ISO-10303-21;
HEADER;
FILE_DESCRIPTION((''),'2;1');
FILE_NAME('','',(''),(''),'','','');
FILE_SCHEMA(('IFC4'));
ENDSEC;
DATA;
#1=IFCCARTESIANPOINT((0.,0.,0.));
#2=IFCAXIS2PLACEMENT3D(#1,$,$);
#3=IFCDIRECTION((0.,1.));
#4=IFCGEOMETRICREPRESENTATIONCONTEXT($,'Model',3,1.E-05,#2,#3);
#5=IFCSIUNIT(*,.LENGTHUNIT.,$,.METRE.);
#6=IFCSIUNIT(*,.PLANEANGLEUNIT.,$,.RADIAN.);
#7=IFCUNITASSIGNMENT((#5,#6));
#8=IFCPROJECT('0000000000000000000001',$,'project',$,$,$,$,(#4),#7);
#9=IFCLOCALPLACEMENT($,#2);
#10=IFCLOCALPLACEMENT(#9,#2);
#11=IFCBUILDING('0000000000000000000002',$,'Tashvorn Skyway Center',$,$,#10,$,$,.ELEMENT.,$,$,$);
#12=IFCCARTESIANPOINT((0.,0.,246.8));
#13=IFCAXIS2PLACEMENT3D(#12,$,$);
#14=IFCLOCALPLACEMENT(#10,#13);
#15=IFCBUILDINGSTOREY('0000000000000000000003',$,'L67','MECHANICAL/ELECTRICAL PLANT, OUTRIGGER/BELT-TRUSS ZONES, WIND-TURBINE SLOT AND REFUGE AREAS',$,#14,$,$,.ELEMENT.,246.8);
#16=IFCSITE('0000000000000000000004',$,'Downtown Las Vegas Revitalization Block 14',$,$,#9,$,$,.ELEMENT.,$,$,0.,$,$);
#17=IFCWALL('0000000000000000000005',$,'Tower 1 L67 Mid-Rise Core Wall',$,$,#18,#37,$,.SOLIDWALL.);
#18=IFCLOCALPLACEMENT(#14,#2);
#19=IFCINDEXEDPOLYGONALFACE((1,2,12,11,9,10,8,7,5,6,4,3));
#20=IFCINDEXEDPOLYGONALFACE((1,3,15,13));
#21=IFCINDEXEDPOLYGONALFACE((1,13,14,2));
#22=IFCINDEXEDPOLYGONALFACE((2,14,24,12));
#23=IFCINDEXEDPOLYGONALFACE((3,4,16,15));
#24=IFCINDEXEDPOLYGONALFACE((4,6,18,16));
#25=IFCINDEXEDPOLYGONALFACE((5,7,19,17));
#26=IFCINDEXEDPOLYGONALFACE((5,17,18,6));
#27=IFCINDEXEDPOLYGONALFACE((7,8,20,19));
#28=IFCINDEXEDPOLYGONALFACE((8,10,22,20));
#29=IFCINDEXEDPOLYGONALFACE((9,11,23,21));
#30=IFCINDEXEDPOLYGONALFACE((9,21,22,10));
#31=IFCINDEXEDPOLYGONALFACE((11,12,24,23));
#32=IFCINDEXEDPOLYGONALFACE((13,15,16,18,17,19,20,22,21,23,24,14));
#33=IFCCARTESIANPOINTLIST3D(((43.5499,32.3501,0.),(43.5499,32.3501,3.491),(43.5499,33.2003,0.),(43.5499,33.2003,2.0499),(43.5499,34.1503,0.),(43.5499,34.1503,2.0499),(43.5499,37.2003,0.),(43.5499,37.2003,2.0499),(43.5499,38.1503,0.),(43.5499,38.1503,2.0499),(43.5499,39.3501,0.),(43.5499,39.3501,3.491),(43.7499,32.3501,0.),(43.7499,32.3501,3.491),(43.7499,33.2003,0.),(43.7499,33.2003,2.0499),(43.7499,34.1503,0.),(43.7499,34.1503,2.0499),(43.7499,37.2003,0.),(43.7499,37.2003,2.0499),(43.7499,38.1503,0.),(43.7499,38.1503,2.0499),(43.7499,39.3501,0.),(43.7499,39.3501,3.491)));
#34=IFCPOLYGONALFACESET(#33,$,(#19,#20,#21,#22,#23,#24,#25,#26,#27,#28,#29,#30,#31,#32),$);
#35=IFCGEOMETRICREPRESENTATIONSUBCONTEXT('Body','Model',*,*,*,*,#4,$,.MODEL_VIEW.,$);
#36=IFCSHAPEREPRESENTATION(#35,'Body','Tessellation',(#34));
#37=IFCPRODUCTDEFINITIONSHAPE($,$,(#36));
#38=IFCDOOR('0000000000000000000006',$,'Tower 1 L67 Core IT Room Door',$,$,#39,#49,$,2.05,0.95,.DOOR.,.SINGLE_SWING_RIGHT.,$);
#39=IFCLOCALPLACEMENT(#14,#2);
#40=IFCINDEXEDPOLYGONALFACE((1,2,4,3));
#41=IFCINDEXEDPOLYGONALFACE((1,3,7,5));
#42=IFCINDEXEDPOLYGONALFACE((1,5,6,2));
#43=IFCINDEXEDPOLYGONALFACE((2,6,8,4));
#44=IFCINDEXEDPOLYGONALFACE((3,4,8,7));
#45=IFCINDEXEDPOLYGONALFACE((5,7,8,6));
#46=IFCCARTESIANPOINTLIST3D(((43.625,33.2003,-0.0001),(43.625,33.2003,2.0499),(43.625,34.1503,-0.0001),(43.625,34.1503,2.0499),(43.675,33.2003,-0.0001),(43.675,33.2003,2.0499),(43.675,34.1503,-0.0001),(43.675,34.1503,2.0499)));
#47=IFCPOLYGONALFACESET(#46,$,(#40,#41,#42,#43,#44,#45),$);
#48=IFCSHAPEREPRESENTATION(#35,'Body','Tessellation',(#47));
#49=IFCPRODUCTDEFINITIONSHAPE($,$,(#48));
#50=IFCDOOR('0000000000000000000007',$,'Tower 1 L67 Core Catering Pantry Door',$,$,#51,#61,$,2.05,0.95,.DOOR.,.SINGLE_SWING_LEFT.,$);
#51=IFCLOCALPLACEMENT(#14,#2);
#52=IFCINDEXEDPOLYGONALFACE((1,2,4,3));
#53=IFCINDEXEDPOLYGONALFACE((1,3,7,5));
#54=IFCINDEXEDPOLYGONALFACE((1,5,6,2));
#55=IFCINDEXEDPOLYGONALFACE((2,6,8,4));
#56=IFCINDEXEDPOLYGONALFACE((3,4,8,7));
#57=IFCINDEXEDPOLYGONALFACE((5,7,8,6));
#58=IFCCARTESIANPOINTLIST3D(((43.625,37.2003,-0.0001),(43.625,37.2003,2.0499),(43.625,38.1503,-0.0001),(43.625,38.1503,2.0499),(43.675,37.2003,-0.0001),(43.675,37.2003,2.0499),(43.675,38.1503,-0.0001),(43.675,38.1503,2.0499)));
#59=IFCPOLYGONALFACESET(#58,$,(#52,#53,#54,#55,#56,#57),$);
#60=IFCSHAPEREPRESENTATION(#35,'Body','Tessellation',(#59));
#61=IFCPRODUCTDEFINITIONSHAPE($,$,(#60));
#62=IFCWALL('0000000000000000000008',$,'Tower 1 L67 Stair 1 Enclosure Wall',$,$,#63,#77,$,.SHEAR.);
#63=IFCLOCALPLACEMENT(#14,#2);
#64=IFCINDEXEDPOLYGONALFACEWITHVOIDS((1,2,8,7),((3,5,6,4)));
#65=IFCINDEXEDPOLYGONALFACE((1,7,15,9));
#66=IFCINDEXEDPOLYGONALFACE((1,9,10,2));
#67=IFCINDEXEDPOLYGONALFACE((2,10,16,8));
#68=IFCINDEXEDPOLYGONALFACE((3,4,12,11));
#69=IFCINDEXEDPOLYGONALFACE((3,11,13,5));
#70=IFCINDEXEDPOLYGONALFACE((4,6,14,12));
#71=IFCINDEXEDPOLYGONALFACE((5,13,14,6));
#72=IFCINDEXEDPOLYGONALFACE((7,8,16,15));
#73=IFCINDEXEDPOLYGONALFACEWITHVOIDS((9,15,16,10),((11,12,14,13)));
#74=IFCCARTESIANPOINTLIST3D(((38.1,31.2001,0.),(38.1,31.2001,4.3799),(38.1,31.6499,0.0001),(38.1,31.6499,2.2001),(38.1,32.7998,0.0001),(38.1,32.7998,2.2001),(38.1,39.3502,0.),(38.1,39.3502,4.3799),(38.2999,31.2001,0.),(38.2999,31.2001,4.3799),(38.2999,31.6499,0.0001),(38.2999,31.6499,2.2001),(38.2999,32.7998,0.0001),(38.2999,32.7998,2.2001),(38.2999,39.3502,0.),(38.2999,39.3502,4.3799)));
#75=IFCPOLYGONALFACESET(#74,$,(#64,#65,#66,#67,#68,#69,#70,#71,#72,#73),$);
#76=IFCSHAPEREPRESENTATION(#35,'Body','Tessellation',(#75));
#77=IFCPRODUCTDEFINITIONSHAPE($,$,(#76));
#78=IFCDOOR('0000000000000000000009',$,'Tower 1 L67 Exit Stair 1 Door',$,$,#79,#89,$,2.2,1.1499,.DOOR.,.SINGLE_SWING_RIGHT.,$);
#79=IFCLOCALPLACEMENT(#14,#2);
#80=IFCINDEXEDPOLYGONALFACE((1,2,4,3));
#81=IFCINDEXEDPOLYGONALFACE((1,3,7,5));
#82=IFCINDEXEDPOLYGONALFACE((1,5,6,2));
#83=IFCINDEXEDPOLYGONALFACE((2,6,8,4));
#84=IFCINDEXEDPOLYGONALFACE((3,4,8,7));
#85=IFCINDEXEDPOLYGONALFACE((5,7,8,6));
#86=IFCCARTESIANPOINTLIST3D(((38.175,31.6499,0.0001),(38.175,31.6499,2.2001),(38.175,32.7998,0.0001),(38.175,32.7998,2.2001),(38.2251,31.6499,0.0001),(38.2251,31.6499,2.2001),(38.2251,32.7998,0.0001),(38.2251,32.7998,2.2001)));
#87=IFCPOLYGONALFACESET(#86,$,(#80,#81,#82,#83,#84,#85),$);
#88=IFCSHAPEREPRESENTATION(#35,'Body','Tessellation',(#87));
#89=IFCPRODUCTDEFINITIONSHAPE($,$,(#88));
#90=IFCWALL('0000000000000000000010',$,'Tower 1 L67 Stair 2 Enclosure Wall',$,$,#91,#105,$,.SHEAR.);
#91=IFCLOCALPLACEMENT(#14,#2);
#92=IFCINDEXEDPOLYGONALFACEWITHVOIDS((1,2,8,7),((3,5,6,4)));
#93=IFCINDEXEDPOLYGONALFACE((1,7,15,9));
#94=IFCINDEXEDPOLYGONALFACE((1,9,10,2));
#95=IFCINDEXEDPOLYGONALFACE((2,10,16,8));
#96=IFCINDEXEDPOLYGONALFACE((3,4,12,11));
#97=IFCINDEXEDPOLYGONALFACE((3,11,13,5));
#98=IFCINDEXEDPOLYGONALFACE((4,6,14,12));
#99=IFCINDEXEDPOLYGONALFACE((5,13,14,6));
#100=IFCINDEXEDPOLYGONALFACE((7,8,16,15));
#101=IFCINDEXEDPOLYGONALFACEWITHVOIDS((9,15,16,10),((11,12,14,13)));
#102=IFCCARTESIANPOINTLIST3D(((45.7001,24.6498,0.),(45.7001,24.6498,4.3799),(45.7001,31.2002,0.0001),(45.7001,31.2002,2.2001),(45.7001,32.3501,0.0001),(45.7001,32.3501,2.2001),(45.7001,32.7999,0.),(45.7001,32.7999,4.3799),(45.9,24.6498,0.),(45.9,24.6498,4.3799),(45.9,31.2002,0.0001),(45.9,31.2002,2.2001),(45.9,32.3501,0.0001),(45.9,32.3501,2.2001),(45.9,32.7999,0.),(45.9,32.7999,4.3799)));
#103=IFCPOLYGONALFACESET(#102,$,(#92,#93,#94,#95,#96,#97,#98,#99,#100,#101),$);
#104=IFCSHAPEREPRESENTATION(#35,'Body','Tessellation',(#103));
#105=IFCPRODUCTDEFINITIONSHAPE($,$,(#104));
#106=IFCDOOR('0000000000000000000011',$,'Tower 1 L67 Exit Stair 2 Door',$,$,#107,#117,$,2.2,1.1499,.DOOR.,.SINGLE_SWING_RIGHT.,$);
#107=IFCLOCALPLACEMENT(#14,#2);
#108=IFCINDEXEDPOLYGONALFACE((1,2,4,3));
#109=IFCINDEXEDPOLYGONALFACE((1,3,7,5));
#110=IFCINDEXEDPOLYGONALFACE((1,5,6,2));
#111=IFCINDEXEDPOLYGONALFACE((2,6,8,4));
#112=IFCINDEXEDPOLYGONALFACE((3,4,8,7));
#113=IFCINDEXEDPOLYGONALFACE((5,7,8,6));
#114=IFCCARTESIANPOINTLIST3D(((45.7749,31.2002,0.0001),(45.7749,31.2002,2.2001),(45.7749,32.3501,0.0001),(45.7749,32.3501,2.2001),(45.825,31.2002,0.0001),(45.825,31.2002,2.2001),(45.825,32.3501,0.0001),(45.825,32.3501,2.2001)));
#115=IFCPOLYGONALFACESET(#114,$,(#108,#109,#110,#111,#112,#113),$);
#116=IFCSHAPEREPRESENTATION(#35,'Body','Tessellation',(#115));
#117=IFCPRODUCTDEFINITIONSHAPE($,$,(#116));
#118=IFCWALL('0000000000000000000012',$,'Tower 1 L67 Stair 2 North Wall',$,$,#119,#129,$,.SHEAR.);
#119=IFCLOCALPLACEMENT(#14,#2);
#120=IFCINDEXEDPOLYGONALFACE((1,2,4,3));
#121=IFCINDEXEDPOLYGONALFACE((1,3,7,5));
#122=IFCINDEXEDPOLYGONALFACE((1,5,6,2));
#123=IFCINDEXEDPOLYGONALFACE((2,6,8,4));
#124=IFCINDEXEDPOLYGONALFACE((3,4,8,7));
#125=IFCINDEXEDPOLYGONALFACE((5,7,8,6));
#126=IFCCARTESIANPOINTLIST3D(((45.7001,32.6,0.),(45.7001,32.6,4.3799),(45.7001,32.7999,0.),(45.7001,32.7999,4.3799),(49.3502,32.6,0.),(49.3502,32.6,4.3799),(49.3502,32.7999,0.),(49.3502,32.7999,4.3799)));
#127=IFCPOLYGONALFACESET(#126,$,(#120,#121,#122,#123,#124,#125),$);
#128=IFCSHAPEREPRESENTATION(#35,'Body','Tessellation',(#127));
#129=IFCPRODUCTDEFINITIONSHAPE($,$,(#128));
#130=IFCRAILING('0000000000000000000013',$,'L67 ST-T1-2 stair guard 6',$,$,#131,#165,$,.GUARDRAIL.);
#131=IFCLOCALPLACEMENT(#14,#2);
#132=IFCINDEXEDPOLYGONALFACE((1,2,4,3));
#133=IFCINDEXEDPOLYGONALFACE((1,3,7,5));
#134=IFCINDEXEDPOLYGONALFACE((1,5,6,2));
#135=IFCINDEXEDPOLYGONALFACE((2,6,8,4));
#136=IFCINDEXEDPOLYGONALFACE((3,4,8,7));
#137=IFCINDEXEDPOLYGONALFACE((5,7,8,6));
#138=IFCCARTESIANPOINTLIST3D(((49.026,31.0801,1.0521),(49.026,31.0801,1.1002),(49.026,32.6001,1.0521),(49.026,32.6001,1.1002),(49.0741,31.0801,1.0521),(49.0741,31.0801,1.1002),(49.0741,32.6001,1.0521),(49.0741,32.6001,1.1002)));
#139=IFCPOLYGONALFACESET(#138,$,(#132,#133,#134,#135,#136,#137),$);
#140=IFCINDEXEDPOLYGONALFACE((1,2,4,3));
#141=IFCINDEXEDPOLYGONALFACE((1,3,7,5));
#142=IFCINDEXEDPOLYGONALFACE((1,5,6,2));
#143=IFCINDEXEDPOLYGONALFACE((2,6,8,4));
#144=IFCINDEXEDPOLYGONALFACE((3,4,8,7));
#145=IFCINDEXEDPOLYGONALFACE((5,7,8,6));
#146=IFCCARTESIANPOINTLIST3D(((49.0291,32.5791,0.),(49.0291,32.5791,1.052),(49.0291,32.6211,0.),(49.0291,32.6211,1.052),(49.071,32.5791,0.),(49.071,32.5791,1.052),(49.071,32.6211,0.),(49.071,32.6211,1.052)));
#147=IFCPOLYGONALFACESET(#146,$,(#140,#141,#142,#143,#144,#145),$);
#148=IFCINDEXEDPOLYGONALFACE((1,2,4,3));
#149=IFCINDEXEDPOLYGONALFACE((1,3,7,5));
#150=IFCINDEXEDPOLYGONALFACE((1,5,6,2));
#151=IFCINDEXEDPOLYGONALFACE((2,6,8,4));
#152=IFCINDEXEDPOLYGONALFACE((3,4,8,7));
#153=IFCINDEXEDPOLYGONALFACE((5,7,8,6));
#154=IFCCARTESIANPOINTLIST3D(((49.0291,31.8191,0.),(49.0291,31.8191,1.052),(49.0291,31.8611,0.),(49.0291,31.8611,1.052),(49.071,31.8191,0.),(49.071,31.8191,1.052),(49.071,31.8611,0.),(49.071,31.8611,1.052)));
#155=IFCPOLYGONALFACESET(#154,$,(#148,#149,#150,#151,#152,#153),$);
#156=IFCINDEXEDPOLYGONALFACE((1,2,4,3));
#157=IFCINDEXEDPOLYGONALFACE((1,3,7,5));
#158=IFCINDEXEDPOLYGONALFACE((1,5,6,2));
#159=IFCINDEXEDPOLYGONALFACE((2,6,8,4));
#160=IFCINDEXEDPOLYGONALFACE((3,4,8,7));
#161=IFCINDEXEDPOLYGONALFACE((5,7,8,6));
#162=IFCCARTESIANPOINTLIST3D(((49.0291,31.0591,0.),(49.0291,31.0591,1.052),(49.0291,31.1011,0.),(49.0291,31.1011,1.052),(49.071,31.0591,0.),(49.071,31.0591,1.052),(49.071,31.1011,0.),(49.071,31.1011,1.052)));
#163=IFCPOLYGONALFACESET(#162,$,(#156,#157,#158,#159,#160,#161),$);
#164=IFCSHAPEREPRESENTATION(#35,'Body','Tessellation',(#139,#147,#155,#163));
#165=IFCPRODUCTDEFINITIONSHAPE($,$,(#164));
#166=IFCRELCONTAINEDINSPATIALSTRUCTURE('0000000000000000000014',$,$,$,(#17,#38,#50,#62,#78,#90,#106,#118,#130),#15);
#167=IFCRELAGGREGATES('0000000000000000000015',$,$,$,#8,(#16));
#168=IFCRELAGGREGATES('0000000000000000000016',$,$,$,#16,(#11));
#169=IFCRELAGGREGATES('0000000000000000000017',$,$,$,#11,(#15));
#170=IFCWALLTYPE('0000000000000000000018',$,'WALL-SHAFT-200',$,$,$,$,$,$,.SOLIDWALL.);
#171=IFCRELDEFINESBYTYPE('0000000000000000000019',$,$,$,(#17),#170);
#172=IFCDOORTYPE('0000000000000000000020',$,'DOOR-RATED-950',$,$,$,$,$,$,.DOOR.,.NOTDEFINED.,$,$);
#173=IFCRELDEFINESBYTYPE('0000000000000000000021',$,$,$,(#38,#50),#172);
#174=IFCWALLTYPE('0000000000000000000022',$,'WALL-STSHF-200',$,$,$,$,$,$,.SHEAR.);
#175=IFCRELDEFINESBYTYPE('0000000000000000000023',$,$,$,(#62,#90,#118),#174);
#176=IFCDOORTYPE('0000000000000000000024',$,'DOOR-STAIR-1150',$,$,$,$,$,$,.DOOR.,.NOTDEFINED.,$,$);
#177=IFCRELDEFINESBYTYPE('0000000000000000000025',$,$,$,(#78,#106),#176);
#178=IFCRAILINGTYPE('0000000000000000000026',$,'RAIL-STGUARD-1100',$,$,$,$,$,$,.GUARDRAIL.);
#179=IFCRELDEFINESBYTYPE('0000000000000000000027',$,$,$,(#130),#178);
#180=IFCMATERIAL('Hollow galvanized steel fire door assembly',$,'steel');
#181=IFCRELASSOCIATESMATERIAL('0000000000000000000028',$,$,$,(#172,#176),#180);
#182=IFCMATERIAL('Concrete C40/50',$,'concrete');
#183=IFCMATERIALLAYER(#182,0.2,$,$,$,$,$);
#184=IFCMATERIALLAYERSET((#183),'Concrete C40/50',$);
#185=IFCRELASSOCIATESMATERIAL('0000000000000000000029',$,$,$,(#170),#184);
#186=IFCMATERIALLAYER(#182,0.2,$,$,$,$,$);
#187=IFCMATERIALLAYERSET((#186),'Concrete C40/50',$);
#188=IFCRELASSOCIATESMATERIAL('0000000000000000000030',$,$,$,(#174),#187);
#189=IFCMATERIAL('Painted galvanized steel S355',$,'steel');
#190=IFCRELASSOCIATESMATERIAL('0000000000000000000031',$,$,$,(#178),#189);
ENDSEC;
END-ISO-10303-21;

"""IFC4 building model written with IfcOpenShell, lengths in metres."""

from ifc_helpers import new_model, si_unit, direction, frame, frame_2d, origin, origin_2d, place, context, subcontext, project, spatial, rectangle, extrude, material, layer, layer_set, type_object, element, fill, save


model = new_model("IFC4")

# Units and contexts
model_context = context("Model", 3, precision=1e-05, world=origin(), true_north=direction((0.0, 1.0)))
body_context = subcontext(model_context, "Body", "Model", "MODEL_VIEW")
ifc_project = project(units=[si_unit("LENGTHUNIT", "METRE"), si_unit("PLANEANGLEUNIT", "RADIAN")], contexts=[model_context])

# Site, building, storey
site_placement = place(None, origin())
site = spatial("IfcSite", under=ifc_project, at=site_placement, Name="Downtown Las Vegas Revitalization Block 14", CompositionType="ELEMENT", RefElevation=0.0)
building_placement = place(site_placement, origin())
building = spatial("IfcBuilding", under=site, at=building_placement, Name="Tashvorn Skyway Center", CompositionType="ELEMENT")
storey_placement = place(building_placement, frame((0.0, 0.0, 246.8)))
storey = spatial("IfcBuildingStorey", under=building, at=storey_placement, Name="L67", Description="MECHANICAL/ELECTRICAL PLANT, OUTRIGGER/BELT-TRUSS ZONES, WIND-TURBINE SLOT AND REFUGE AREAS", CompositionType="ELEMENT", Elevation=246.8)

# Shared definitions
ifc_material_1 = material(Name="Concrete C40/50", Category="concrete")
ifc_material_2 = material(Name="Hollow galvanized steel fire door assembly", Category="steel")
door_type_1 = type_object("IfcDoorType", Name="DOOR-RATED-950", OperationType="NOTDEFINED", PredefinedType="DOOR", material=ifc_material_2)

# Shared definitions
ifc_layer_1 = layer(ifc_material_1, 0.2)
ifc_layer_set_1 = layer_set([ifc_layer_1], Name="Concrete C40/50")
wall_type_1 = type_object("IfcWallType", Name="WALL-SHAFT-200", PredefinedType="SOLIDWALL", material=ifc_layer_set_1)

# Wall, openings, doors
wall_1_placement = place(storey_placement, frame((43.6499, 32.3501, 0.0), z_axis=(0.0, 0.0, 1.0), x_axis=(0.0, 1.0, 0.0)))
wall_1 = element("IfcWall", 1, at=wall_1_placement, inside=storey, type_object=wall_type_1, Name="Tower 1 L67 Mid-Rise Core Wall", PredefinedType="SOLIDWALL", context=body_context, shape_type="SweptSolid", body=[
    extrude(rectangle(XDim=7.0, YDim=0.2, at=frame_2d((3.5, 0.0))), origin(), (0.0, 0.0, 1.0), 3.491),
])
opening_1_placement = place(wall_1_placement, frame((0.8501, 0.0, 0.0)))
opening_1 = element("IfcOpeningElement", 2, at=opening_1_placement, cuts=wall_1, PredefinedType="OPENING", context=body_context, shape_type="SweptSolid", body=[
    extrude(rectangle(XDim=0.95, YDim=2.05, at=frame_2d((0.4751, 1.0249))), frame((0.0, 0.1099, 0.0), z_axis=(0.0, -1.0, 0.0), x_axis=(1.0, 0.0, 0.0)), (0.0, 0.0, 1.0), 0.22),
])
opening_2_placement = place(wall_1_placement, frame((4.8501, 0.0, 0.0)))
opening_2 = element("IfcOpeningElement", 3, at=opening_2_placement, cuts=wall_1, PredefinedType="OPENING", context=body_context, shape_type="SweptSolid", body=[
    extrude(rectangle(XDim=0.95, YDim=2.05, at=frame_2d((0.4751, 1.0249))), frame((0.0, 0.1099, 0.0), z_axis=(0.0, -1.0, 0.0), x_axis=(1.0, 0.0, 0.0)), (0.0, 0.0, 1.0), 0.22),
])
door_1_placement = place(opening_1_placement, origin())
door_1 = element("IfcDoor", 4, at=door_1_placement, inside=storey, type_object=door_type_1, Name="Tower 1 L67 Core IT Room Door", OperationType="SINGLE_SWING_RIGHT", OverallHeight=2.05, OverallWidth=0.95, PredefinedType="DOOR", context=body_context, shape_type="SweptSolid", body=[
    extrude(rectangle(XDim=0.95, YDim=2.05, at=frame_2d((0.4751, 1.0249))), frame((0.0, 0.0249, 0.0), z_axis=(0.0, -1.0, 0.0), x_axis=(1.0, 0.0, 0.0)), (0.0, 0.0, 1.0), 0.05),
])
fill(opening_1, door_1)
door_2_placement = place(opening_2_placement, origin())
door_2 = element("IfcDoor", 5, at=door_2_placement, inside=storey, type_object=door_type_1, Name="Tower 1 L67 Core Catering Pantry Door", OperationType="SINGLE_SWING_LEFT", OverallHeight=2.05, OverallWidth=0.95, PredefinedType="DOOR", context=body_context, shape_type="SweptSolid", body=[
    extrude(rectangle(XDim=0.95, YDim=2.05, at=frame_2d((0.4751, 1.0249))), frame((0.0, 0.0249, 0.0), z_axis=(0.0, -1.0, 0.0), x_axis=(1.0, 0.0, 0.0)), (0.0, 0.0, 1.0), 0.05),
])
fill(opening_2, door_2)

# Walls, openings, doors
ifc_layer_2 = layer(ifc_material_1, 0.2)
ifc_layer_set_2 = layer_set([ifc_layer_2], Name="Concrete C40/50")
wall_type_2 = type_object("IfcWallType", Name="WALL-STSHF-200", PredefinedType="SHEAR", material=ifc_layer_set_2)
wall_2_placement = place(storey_placement, frame((38.2, 31.2, 0.0), z_axis=(0.0, 0.0, 1.0), x_axis=(0.0, 1.0, 0.0)))
wall_2 = element("IfcWall", 6, at=wall_2_placement, inside=storey, type_object=wall_type_2, Name="Tower 1 L67 Stair 1 Enclosure Wall", PredefinedType="SHEAR", context=body_context, shape_type="SweptSolid", body=[
    extrude(rectangle(XDim=8.1501, YDim=0.2, at=frame_2d((4.0752, 0.0))), origin(), (0.0, 0.0, 1.0), 4.3799),
])
opening_3_placement = place(wall_2_placement, frame((0.45, 0.0, 0.0)))
opening_3 = element("IfcOpeningElement", 7, at=opening_3_placement, cuts=wall_2, PredefinedType="OPENING", context=body_context, shape_type="SweptSolid", body=[
    extrude(rectangle(XDim=1.1499, YDim=2.2, at=frame_2d((0.575, 1.1001))), frame((0.0, 0.1099, 0.0), z_axis=(0.0, -1.0, 0.0), x_axis=(1.0, 0.0, 0.0)), (0.0, 0.0, 1.0), 0.22),
])
door_type_2 = type_object("IfcDoorType", Name="DOOR-STAIR-1150", OperationType="NOTDEFINED", PredefinedType="DOOR", material=ifc_material_2)
door_3_placement = place(opening_3_placement, origin())
door_3 = element("IfcDoor", 8, at=door_3_placement, inside=storey, type_object=door_type_2, Name="Tower 1 L67 Exit Stair 1 Door", OperationType="SINGLE_SWING_RIGHT", OverallHeight=2.2, OverallWidth=1.1499, PredefinedType="DOOR", context=body_context, shape_type="SweptSolid", body=[
    extrude(rectangle(XDim=1.1499, YDim=2.2, at=frame_2d((0.575, 1.1001))), frame((0.0, 0.0249, 0.0), z_axis=(0.0, -1.0, 0.0), x_axis=(1.0, 0.0, 0.0)), (0.0, 0.0, 1.0), 0.05),
])
fill(opening_3, door_3)
wall_3_placement = place(storey_placement, frame((45.8, 32.8, 0.0), z_axis=(0.0, 0.0, 1.0), x_axis=(0.0, -1.0, 0.0)))
wall_3 = element("IfcWall", 9, at=wall_3_placement, inside=storey, type_object=wall_type_2, Name="Tower 1 L67 Stair 2 Enclosure Wall", PredefinedType="SHEAR", context=body_context, shape_type="SweptSolid", body=[
    extrude(rectangle(XDim=8.1501, YDim=0.2, at=frame_2d((4.0752, 0.0))), origin(), (0.0, 0.0, 1.0), 4.3799),
])
opening_4_placement = place(wall_3_placement, frame((0.45, 0.0, 0.0)))
opening_4 = element("IfcOpeningElement", 10, at=opening_4_placement, cuts=wall_3, PredefinedType="OPENING", context=body_context, shape_type="SweptSolid", body=[
    extrude(rectangle(XDim=1.1499, YDim=2.2, at=frame_2d((0.575, 1.1001))), frame((0.0, 0.1099, 0.0), z_axis=(0.0, -1.0, 0.0), x_axis=(1.0, 0.0, 0.0)), (0.0, 0.0, 1.0), 0.22),
])
door_4_placement = place(opening_4_placement, origin())
door_4 = element("IfcDoor", 11, at=door_4_placement, inside=storey, type_object=door_type_2, Name="Tower 1 L67 Exit Stair 2 Door", OperationType="SINGLE_SWING_RIGHT", OverallHeight=2.2, OverallWidth=1.1499, PredefinedType="DOOR", context=body_context, shape_type="SweptSolid", body=[
    extrude(rectangle(XDim=1.1499, YDim=2.2, at=frame_2d((0.575, 1.1001))), frame((0.0, 0.0249, 0.0), z_axis=(0.0, -1.0, 0.0), x_axis=(1.0, 0.0, 0.0)), (0.0, 0.0, 1.0), 0.05),
])
fill(opening_4, door_4)

# Wall
wall_4_placement = place(storey_placement, frame((45.7, 32.7, 0.0), z_axis=(0.0, 0.0, 1.0), x_axis=(1.0, 0.0, 0.0)))
element("IfcWall", 12, at=wall_4_placement, inside=storey, type_object=wall_type_2, Name="Tower 1 L67 Stair 2 North Wall", PredefinedType="SHEAR", context=body_context, shape_type="SweptSolid", body=[
    extrude(rectangle(XDim=3.6501, YDim=0.2, at=frame_2d((1.8252, 0.0))), origin(), (0.0, 0.0, 1.0), 4.3799),
])

# Railing
ifc_material_3 = material(Name="Painted galvanized steel S355", Category="steel")
railing_type = type_object("IfcRailingType", Name="RAIL-STGUARD-1100", PredefinedType="GUARDRAIL", material=ifc_material_3)
railing_placement = place(storey_placement, frame((49.05, 32.6001, 0.0)))
element("IfcRailing", 13, at=railing_placement, inside=storey, type_object=railing_type, Name="L67 ST-T1-2 stair guard 6", PredefinedType="GUARDRAIL", context=body_context, shape_type="SweptSolid", body=[
    extrude(rectangle(XDim=0.0481, YDim=0.0481, at=origin_2d()), frame((0.0, 0.0, 1.0762), z_axis=(0.0, -1.0, 0.0), x_axis=(1.0, 0.0, 0.0)), (0.0, 0.0, 1.0), 1.52),
    extrude(rectangle(XDim=0.042, YDim=0.042, at=origin_2d()), origin(), (0.0, 0.0, 1.0), 1.052),
    extrude(rectangle(XDim=0.042, YDim=0.042, at=origin_2d()), frame((0.0, -0.76, 0.0)), (0.0, 0.0, 1.0), 1.052),
    extrude(rectangle(XDim=0.042, YDim=0.042, at=origin_2d()), frame((0.0, -1.52, 0.0)), (0.0, 0.0, 1.0), 1.052),
])

save(model, "model.ifc")
